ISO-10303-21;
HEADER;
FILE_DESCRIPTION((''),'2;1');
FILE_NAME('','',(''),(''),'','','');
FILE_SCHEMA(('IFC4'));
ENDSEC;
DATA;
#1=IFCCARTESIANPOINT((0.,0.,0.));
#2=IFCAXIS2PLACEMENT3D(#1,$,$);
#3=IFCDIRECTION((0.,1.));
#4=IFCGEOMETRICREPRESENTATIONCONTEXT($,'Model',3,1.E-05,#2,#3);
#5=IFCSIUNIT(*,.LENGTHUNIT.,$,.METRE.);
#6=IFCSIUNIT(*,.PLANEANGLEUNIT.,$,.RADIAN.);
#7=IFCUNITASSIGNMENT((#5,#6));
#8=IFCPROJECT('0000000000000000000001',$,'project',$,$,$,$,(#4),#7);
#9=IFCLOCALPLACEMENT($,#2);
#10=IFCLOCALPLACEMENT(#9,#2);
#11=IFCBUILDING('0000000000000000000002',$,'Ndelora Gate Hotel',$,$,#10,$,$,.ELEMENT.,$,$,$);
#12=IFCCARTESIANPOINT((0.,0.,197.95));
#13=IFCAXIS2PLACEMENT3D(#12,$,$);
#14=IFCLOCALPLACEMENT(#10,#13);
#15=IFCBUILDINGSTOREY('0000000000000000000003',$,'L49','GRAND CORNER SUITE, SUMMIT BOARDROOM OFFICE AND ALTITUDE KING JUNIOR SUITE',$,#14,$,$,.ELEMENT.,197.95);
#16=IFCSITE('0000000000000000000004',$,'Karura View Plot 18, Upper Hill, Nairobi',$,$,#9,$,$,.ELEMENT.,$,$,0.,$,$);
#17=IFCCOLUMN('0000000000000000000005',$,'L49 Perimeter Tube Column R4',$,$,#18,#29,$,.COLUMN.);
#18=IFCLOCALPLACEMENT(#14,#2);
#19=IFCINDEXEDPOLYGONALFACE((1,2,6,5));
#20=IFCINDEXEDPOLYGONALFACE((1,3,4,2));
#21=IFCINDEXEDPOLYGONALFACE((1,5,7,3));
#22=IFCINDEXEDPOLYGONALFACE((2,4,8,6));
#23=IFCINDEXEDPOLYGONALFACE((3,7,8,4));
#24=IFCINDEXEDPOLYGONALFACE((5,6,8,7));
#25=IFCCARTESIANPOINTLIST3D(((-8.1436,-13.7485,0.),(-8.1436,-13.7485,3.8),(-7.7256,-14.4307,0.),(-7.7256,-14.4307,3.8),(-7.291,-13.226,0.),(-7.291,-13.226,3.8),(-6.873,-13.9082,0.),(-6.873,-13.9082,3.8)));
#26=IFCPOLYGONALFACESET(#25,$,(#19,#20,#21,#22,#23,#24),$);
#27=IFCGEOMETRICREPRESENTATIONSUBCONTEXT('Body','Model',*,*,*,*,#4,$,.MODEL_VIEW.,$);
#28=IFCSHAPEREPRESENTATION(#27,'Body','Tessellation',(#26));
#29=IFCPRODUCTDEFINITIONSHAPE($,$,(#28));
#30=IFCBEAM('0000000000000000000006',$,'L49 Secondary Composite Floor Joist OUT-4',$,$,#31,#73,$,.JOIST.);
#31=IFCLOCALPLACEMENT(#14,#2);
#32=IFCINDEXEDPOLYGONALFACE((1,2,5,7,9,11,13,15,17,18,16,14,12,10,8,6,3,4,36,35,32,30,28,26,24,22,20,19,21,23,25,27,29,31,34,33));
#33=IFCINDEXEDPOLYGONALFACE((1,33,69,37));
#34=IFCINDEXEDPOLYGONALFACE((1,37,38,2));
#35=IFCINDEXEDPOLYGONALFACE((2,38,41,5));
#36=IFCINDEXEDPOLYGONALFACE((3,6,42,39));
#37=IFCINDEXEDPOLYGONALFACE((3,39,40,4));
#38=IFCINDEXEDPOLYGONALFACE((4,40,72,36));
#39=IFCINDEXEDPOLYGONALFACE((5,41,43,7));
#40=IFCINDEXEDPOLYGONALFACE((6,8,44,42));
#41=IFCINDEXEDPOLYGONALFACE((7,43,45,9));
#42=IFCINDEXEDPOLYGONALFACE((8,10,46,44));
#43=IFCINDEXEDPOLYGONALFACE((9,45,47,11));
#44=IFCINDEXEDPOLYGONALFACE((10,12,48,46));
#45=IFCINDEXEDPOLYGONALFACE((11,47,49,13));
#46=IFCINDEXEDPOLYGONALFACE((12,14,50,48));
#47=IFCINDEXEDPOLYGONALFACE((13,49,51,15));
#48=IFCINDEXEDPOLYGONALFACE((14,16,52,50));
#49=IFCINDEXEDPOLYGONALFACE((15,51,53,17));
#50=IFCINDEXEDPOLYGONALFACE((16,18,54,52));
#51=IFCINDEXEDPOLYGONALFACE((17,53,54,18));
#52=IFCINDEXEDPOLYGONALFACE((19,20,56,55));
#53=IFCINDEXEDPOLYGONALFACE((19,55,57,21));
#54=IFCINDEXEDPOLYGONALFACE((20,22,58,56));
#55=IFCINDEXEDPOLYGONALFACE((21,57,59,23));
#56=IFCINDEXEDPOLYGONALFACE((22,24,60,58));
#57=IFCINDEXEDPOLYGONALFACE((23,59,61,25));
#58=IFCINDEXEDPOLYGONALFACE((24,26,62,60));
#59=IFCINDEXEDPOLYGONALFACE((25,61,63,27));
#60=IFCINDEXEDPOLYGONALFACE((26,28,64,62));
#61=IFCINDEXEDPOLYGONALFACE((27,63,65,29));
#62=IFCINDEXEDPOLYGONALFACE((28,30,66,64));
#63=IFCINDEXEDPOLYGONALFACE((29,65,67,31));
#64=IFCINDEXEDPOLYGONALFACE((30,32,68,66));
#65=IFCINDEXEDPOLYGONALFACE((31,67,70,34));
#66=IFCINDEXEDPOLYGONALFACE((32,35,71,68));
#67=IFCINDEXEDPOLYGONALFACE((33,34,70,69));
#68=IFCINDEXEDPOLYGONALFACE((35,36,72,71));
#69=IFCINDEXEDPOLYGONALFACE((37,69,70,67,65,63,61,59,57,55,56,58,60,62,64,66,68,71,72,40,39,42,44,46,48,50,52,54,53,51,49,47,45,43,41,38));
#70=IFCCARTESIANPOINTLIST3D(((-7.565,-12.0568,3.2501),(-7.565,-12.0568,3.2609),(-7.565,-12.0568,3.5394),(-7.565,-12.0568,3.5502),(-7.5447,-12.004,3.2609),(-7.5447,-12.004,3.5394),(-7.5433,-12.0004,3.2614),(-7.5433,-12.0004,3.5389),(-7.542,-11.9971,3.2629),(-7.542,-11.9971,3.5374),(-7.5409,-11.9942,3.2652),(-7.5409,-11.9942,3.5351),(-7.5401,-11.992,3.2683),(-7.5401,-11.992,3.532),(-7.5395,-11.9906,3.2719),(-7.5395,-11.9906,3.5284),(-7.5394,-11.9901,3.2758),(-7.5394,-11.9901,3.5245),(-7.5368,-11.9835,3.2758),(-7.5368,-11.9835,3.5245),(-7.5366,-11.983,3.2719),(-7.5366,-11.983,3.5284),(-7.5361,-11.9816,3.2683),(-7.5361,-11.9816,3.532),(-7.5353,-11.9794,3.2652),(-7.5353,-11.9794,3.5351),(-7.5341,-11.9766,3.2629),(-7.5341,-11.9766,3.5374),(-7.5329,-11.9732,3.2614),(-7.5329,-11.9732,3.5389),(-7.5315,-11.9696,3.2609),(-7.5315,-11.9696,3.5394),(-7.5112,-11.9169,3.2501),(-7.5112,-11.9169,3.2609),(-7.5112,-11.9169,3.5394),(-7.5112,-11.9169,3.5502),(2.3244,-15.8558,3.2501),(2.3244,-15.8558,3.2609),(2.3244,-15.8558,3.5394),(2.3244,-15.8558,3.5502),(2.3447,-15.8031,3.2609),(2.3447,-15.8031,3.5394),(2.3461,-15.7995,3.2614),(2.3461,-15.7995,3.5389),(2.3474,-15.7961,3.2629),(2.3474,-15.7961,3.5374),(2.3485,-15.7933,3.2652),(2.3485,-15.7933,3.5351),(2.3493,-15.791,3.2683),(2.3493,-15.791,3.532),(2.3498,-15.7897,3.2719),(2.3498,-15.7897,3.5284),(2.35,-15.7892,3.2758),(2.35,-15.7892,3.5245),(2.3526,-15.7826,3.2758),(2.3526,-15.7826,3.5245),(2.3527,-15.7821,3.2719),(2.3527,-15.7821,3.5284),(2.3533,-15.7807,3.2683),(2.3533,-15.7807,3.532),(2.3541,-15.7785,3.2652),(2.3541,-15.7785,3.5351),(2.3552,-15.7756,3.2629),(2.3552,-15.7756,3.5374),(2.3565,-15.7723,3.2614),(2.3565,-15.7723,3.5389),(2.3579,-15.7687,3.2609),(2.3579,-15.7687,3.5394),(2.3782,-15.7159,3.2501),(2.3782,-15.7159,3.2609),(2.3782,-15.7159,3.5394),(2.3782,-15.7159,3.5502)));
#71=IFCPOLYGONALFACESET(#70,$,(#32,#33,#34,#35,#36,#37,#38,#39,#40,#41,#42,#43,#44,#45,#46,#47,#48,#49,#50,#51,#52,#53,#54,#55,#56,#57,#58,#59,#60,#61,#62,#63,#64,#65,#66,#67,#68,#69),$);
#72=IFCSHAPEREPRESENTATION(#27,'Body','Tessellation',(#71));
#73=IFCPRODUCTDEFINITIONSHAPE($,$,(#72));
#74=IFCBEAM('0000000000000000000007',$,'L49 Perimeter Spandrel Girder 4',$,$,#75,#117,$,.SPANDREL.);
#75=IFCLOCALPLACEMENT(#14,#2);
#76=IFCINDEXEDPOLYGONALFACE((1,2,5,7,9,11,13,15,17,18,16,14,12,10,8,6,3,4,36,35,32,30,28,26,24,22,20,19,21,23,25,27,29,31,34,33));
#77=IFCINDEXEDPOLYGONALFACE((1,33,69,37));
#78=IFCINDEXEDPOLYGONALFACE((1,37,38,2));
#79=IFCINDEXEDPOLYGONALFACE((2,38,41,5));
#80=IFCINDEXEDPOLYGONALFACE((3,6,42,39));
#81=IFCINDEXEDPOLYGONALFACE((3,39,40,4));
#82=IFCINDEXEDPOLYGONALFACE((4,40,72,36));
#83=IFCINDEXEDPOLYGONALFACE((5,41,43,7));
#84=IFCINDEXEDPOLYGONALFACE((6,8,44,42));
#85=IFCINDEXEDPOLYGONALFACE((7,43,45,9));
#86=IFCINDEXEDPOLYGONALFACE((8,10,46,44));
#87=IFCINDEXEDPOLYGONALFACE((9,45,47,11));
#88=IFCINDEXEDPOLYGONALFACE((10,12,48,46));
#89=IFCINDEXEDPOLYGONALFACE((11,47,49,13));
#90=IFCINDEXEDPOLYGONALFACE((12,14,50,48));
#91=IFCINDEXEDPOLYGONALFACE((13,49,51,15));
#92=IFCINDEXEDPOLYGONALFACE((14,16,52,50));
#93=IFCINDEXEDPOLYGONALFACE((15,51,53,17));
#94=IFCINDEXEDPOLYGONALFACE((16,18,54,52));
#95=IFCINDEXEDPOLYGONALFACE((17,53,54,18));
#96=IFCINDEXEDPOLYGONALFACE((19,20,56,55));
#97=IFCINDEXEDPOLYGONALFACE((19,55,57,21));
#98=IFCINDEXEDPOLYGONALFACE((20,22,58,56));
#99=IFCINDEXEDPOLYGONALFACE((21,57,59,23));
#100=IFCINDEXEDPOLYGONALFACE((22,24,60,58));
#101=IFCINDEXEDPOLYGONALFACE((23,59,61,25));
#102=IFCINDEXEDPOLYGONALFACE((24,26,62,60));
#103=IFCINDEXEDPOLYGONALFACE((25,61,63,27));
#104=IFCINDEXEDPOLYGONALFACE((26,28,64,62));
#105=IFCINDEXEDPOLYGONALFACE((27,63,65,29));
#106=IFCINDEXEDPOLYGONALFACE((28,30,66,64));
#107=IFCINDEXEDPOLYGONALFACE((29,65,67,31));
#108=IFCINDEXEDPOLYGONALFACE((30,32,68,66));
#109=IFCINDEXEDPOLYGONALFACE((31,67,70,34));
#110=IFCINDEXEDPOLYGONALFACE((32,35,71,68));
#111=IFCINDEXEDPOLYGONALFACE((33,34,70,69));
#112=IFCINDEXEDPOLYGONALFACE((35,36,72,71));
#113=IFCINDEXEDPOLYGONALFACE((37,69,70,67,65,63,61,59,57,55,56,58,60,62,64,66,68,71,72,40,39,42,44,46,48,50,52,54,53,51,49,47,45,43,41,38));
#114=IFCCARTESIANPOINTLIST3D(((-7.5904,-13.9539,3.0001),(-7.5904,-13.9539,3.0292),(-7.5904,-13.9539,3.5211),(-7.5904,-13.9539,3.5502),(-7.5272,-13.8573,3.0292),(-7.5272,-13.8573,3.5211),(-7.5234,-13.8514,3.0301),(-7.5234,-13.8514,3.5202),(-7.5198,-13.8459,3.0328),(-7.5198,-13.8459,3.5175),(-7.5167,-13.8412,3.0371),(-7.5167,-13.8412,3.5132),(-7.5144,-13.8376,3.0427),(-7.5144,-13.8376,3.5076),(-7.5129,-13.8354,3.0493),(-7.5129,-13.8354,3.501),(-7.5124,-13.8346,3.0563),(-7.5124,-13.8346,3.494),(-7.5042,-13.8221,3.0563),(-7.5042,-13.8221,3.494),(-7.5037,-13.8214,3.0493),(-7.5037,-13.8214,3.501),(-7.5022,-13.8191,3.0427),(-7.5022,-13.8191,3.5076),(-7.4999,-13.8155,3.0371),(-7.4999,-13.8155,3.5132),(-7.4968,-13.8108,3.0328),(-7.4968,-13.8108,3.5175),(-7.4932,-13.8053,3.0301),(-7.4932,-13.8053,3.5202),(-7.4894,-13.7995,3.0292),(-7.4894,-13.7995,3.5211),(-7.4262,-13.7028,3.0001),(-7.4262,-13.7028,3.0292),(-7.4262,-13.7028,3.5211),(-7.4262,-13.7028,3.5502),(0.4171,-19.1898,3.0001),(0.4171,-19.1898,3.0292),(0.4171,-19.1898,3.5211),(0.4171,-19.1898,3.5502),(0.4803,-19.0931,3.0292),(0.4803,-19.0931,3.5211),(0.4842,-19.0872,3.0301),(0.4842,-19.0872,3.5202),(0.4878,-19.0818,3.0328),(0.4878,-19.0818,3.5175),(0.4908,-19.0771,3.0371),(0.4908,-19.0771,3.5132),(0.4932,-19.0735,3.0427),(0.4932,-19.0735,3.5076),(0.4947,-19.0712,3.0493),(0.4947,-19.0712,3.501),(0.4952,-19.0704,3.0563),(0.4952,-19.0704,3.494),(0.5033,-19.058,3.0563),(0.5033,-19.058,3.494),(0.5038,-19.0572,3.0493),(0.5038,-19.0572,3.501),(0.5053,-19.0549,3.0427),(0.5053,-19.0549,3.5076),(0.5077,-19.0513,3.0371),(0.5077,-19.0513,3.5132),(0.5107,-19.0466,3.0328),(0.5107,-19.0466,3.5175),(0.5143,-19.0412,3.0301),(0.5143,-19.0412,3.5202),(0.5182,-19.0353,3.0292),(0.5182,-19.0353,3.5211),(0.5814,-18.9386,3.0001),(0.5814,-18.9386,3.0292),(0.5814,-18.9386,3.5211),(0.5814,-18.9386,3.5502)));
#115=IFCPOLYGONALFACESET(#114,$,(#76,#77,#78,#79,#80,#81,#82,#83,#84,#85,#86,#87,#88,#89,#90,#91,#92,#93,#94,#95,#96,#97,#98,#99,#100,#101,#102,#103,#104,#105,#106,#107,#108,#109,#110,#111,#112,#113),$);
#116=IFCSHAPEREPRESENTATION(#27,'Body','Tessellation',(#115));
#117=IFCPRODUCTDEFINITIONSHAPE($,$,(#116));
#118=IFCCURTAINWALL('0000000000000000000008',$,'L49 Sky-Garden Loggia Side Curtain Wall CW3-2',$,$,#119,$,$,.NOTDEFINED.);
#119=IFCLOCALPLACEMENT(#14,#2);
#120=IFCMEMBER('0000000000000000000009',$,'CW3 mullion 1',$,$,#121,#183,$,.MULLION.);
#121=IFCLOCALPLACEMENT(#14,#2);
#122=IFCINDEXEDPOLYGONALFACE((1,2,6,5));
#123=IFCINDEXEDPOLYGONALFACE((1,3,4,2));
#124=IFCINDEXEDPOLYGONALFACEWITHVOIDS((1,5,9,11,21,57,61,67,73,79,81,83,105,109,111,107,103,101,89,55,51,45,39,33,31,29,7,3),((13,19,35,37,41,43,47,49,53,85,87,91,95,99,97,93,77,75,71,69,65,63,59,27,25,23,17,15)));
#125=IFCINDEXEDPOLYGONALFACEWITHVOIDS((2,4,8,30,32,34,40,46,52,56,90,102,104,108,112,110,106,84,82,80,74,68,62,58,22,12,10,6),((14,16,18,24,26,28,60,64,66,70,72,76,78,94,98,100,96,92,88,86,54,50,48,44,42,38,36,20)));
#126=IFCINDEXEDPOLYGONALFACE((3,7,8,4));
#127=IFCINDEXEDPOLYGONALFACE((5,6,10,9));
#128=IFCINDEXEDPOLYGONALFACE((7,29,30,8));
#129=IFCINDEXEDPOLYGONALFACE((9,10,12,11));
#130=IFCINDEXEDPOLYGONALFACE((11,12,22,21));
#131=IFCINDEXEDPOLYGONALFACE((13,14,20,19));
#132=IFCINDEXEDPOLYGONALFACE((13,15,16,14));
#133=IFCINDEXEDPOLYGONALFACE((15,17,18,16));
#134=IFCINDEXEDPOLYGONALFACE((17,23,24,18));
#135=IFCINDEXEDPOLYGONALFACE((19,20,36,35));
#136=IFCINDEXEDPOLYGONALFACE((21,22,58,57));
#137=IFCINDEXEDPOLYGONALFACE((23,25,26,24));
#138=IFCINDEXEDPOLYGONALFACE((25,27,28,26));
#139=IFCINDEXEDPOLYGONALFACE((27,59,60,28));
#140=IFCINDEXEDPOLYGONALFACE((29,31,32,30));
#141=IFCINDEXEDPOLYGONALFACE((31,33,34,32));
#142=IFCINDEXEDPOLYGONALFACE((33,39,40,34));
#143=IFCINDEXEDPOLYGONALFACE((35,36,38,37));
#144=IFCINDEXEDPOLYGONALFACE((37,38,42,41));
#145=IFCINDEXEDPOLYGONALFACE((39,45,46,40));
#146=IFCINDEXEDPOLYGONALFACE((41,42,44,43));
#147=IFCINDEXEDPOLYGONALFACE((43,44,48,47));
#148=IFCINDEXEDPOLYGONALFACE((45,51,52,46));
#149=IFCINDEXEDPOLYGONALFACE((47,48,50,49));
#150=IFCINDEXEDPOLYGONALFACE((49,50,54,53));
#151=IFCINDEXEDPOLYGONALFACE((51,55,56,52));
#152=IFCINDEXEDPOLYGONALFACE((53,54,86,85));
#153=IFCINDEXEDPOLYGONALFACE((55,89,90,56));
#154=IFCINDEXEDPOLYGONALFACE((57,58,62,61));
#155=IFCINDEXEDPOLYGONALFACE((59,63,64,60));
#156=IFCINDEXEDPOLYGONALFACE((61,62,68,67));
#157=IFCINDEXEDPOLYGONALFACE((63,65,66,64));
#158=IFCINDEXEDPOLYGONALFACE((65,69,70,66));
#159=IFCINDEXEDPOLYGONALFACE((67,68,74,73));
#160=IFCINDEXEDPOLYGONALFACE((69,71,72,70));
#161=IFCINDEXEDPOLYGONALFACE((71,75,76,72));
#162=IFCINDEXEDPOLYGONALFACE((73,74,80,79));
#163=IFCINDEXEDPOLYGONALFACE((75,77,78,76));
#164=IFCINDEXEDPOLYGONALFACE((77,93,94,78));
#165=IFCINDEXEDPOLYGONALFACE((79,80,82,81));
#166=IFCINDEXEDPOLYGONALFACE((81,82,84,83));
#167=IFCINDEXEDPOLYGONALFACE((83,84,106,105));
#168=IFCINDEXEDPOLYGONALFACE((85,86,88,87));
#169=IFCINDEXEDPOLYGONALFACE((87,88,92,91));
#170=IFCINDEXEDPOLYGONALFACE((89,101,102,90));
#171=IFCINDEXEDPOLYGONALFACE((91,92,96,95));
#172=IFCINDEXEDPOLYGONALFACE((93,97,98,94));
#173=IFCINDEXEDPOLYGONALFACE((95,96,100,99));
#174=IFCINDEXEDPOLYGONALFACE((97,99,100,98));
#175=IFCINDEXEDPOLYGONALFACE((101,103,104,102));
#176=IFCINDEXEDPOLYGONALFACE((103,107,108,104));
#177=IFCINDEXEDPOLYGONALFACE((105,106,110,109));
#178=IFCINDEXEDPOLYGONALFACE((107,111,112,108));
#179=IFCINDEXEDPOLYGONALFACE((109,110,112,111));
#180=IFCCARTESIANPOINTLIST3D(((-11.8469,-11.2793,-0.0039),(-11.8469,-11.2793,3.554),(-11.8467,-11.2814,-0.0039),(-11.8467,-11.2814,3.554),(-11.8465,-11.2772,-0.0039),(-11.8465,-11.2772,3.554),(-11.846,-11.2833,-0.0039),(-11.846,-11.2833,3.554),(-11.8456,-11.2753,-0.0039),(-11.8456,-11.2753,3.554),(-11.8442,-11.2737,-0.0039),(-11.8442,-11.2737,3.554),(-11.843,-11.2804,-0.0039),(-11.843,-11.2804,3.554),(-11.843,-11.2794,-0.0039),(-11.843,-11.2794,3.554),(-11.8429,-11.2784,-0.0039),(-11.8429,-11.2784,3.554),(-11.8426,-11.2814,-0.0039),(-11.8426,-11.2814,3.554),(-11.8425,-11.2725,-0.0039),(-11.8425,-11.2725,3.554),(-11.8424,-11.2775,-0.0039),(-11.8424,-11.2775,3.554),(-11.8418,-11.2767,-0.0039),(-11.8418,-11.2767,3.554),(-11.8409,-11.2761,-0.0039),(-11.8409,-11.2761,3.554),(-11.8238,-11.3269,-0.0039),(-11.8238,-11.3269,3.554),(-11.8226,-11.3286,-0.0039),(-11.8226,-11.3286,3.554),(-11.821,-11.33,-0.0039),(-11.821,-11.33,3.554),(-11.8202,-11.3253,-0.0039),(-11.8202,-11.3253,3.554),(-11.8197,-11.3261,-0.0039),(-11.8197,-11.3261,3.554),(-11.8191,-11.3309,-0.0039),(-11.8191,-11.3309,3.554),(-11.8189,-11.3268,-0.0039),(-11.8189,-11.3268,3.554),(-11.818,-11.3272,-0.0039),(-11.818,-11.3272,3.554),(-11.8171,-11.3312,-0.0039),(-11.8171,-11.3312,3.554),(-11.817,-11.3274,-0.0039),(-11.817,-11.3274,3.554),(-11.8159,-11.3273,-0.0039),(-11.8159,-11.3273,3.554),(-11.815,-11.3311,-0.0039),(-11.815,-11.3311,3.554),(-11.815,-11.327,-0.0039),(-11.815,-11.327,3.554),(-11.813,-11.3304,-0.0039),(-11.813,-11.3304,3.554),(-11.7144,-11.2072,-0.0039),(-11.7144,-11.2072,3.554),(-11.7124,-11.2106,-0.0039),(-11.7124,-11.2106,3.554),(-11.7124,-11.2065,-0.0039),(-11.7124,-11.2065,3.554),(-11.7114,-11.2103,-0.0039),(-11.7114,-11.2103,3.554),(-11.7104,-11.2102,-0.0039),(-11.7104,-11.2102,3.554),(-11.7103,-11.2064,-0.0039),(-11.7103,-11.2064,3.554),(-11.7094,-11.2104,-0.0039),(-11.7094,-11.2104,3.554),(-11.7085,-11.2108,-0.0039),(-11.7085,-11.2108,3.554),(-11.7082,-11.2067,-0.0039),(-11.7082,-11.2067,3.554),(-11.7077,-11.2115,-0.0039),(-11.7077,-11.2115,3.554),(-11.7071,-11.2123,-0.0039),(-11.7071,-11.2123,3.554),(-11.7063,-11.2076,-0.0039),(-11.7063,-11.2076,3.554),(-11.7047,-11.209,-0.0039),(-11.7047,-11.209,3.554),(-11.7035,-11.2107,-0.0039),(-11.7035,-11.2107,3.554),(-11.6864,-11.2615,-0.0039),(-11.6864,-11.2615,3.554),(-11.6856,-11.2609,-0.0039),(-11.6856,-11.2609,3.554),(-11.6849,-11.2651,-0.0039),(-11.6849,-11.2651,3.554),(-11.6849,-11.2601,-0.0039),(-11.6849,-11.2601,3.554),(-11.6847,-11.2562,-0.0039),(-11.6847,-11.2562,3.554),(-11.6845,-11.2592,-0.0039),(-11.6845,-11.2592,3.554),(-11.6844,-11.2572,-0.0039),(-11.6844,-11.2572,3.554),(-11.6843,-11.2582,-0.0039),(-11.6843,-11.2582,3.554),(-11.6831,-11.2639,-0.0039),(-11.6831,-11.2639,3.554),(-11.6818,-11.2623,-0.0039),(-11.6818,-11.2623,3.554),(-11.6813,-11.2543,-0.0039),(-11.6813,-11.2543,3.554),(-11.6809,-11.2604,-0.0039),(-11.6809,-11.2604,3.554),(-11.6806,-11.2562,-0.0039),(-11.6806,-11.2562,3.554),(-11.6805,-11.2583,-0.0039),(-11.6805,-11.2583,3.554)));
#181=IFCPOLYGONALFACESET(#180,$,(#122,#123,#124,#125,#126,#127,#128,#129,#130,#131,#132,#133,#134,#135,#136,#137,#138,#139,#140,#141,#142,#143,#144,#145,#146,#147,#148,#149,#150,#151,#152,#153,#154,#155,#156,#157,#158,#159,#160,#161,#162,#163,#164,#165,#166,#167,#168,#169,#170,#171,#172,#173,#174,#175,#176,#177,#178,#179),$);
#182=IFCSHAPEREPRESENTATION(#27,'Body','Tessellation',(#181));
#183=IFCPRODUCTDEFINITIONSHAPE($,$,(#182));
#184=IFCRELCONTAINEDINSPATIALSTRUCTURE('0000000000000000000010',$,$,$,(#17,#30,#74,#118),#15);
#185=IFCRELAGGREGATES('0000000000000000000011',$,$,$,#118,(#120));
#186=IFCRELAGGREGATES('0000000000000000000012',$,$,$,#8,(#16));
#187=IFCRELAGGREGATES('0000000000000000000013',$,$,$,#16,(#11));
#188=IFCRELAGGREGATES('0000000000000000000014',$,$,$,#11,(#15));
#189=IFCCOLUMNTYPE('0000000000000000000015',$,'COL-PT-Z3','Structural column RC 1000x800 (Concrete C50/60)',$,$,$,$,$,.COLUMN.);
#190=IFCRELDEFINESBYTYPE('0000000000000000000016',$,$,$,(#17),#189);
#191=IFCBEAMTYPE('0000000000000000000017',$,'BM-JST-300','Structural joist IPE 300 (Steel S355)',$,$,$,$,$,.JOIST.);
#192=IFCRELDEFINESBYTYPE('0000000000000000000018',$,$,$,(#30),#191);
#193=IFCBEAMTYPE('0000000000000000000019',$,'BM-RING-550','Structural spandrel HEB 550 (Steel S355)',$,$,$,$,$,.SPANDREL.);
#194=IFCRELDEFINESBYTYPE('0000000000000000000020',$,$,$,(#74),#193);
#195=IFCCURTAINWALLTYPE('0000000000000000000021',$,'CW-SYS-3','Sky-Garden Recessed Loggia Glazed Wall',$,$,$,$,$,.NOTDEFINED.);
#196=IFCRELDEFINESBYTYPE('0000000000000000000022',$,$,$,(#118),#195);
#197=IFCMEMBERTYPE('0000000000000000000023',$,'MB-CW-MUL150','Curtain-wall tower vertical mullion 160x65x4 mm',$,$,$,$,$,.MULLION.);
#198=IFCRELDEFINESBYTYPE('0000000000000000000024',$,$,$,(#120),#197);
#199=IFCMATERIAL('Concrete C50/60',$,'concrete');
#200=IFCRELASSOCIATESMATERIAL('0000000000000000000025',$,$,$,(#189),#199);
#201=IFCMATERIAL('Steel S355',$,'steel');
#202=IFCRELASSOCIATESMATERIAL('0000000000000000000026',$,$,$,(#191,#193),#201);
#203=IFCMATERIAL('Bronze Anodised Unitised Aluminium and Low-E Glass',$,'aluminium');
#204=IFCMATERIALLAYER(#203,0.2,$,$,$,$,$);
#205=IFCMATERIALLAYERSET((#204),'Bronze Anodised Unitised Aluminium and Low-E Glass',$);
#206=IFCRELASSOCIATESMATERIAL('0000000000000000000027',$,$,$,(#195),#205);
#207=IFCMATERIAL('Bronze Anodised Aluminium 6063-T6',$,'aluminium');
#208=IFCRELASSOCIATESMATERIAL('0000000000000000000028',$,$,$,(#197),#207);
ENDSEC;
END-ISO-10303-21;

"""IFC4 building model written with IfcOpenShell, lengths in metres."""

from ifc_helpers import new_model, si_unit, direction, frame, origin, origin_2d, place, context, subcontext, project, spatial, rectangle, hollow_rectangle, i_section, extrude, material, layer, layer_set, material_profile, profile_set, type_object, element, aggregate, save


model = new_model("IFC4")

# Units and contexts
model_context = context("Model", 3, precision=1e-05, world=origin(), true_north=direction((0.0, 1.0)))
body_context = subcontext(model_context, "Body", "Model", "MODEL_VIEW")
ifc_project = project(units=[si_unit("LENGTHUNIT", "METRE"), si_unit("PLANEANGLEUNIT", "RADIAN")], contexts=[model_context])

# Site, building, storey
site_placement = place(None, origin())
site = spatial("IfcSite", under=ifc_project, at=site_placement, Name="Karura View Plot 18, Upper Hill, Nairobi", CompositionType="ELEMENT", RefElevation=0.0)
building_placement = place(site_placement, origin())
building = spatial("IfcBuilding", under=site, at=building_placement, Name="Ndelora Gate Hotel", CompositionType="ELEMENT")
storey_placement = place(building_placement, frame((0.0, 0.0, 197.95)))
storey = spatial("IfcBuildingStorey", under=building, at=storey_placement, Name="L49", Description="GRAND CORNER SUITE, SUMMIT BOARDROOM OFFICE AND ALTITUDE KING JUNIOR SUITE", CompositionType="ELEMENT", Elevation=197.95)

# Column
ifc_material_1 = material(Name="Concrete C50/60", Category="concrete")
ifc_material_profile_1 = material_profile(ifc_material_1, rectangle(XDim=0.8, YDim=1.0, at=origin_2d()), Name="RC 1000x800")
ifc_profile_set_1 = profile_set([ifc_material_profile_1], Name="Concrete C50/60")
column_type = type_object("IfcColumnType", Name="COL-PT-Z3", Description="Structural column RC 1000x800 (Concrete C50/60)", PredefinedType="COLUMN", material=ifc_profile_set_1)
column_placement = place(storey_placement, frame((-7.5083, -13.8284, 0.0), z_axis=(0.0, 0.0, 1.0), x_axis=(-0.522499, 0.85264, 0.0)))
element("IfcColumn", 1, at=column_placement, inside=storey, type_object=column_type, Name="L49 Perimeter Tube Column R4", PredefinedType="COLUMN", context=body_context, shape_type="SweptSolid", body=[
    extrude(rectangle(XDim=0.8, YDim=1.0, at=origin_2d()), origin(), (0.0, 0.0, 1.0), 3.8),
])

# Beams
ifc_material_2 = material(Name="Steel S355", Category="steel")
ifc_material_profile_2 = material_profile(ifc_material_2, i_section(OverallWidth=0.1499, OverallDepth=0.3, WebThickness=0.0071, FlangeThickness=0.0107, FilletRadius=0.0149, at=origin_2d()), Name="IPE 300")
ifc_profile_set_2 = profile_set([ifc_material_profile_2], Name="Steel S355")
beam_type_1 = type_object("IfcBeamType", Name="BM-JST-300", Description="Structural joist IPE 300 (Steel S355)", PredefinedType="JOIST", material=ifc_profile_set_2)
beam_1_placement = place(storey_placement, frame((-7.5381, -11.9868, 3.4001), z_axis=(0.933489, -0.358605, 0.0), x_axis=(0.358605, 0.933489, 0.0)))
element("IfcBeam", 2, at=beam_1_placement, inside=storey, type_object=beam_type_1, Name="L49 Secondary Composite Floor Joist OUT-4", PredefinedType="JOIST", context=body_context, shape_type="SweptSolid", body=[
    extrude(i_section(OverallWidth=0.1499, OverallDepth=0.3, WebThickness=0.0071, FlangeThickness=0.0107, FilletRadius=0.0149, at=origin_2d()), origin(), (0.0, 0.0, 1.0), 10.594),
])
ifc_material_profile_3 = material_profile(ifc_material_2, i_section(OverallWidth=0.3, OverallDepth=0.55, WebThickness=0.0149, FlangeThickness=0.0291, FilletRadius=0.0271, at=origin_2d()), Name="HEB 550")
ifc_profile_set_3 = profile_set([ifc_material_profile_3], Name="Steel S355")
beam_type_2 = type_object("IfcBeamType", Name="BM-RING-550", Description="Structural spandrel HEB 550 (Steel S355)", PredefinedType="SPANDREL", material=ifc_profile_set_3)
beam_2_placement = place(storey_placement, frame((-7.5083, -13.8284, 3.2751), z_axis=(0.836964, -0.547258, 0.0), x_axis=(0.547258, 0.836964, 0.0)))
element("IfcBeam", 3, at=beam_2_placement, inside=storey, type_object=beam_type_2, Name="L49 Perimeter Spandrel Girder 4", PredefinedType="SPANDREL", context=body_context, shape_type="SweptSolid", body=[
    extrude(i_section(OverallWidth=0.3, OverallDepth=0.55, WebThickness=0.0149, FlangeThickness=0.0291, FilletRadius=0.0271, at=origin_2d()), origin(), (0.0, 0.0, 1.0), 9.5674),
])

# Curtain wall, member
ifc_material_3 = material(Name="Bronze Anodised Unitised Aluminium and Low-E Glass", Category="aluminium")
ifc_layer_1 = layer(ifc_material_3, 0.2)
ifc_layer_set_1 = layer_set([ifc_layer_1], Name="Bronze Anodised Unitised Aluminium and Low-E Glass")
curtain_wall_type = type_object("IfcCurtainWallType", Name="CW-SYS-3", Description="Sky-Garden Recessed Loggia Glazed Wall", PredefinedType="NOTDEFINED", material=ifc_layer_set_1)
curtain_wall_placement = place(storey_placement, origin())
curtain_wall = element("IfcCurtainWall", 4, at=curtain_wall_placement, inside=storey, type_object=curtain_wall_type, Name="L49 Sky-Garden Loggia Side Curtain Wall CW3-2", PredefinedType="NOTDEFINED")
ifc_material_4 = material(Name="Bronze Anodised Aluminium 6063-T6", Category="aluminium")
ifc_material_profile_4 = material_profile(ifc_material_4, hollow_rectangle(XDim=0.0649, YDim=0.1599, WallThickness=0.0039, InnerFilletRadius=0.0039, OuterFilletRadius=0.0081, at=origin_2d()), Name="ALU 160x65x4")
ifc_profile_set_4 = profile_set([ifc_material_profile_4], Name="Bronze Anodised Aluminium 6063-T6")
member_type_1 = type_object("IfcMemberType", Name="MB-CW-MUL150", Description="Curtain-wall tower vertical mullion 160x65x4 mm", PredefinedType="MULLION", material=ifc_profile_set_4)
member_1_placement = place(storey_placement, frame((-11.7637, -11.2688, -0.0039), z_axis=(0.0, 0.0, 1.0), x_axis=(-0.454001, 0.891001, 0.0)))
member_1 = element("IfcMember", 5, at=member_1_placement, type_object=member_type_1, Name="CW3 mullion 1", PredefinedType="MULLION", context=body_context, shape_type="SweptSolid", body=[
    extrude(hollow_rectangle(XDim=0.0649, YDim=0.1599, WallThickness=0.0039, InnerFilletRadius=0.0039, OuterFilletRadius=0.0081, at=origin_2d()), origin(), (0.0, 0.0, 1.0), 3.5579),
])
aggregate(curtain_wall, [member_1])

save(model, "model.ifc")
